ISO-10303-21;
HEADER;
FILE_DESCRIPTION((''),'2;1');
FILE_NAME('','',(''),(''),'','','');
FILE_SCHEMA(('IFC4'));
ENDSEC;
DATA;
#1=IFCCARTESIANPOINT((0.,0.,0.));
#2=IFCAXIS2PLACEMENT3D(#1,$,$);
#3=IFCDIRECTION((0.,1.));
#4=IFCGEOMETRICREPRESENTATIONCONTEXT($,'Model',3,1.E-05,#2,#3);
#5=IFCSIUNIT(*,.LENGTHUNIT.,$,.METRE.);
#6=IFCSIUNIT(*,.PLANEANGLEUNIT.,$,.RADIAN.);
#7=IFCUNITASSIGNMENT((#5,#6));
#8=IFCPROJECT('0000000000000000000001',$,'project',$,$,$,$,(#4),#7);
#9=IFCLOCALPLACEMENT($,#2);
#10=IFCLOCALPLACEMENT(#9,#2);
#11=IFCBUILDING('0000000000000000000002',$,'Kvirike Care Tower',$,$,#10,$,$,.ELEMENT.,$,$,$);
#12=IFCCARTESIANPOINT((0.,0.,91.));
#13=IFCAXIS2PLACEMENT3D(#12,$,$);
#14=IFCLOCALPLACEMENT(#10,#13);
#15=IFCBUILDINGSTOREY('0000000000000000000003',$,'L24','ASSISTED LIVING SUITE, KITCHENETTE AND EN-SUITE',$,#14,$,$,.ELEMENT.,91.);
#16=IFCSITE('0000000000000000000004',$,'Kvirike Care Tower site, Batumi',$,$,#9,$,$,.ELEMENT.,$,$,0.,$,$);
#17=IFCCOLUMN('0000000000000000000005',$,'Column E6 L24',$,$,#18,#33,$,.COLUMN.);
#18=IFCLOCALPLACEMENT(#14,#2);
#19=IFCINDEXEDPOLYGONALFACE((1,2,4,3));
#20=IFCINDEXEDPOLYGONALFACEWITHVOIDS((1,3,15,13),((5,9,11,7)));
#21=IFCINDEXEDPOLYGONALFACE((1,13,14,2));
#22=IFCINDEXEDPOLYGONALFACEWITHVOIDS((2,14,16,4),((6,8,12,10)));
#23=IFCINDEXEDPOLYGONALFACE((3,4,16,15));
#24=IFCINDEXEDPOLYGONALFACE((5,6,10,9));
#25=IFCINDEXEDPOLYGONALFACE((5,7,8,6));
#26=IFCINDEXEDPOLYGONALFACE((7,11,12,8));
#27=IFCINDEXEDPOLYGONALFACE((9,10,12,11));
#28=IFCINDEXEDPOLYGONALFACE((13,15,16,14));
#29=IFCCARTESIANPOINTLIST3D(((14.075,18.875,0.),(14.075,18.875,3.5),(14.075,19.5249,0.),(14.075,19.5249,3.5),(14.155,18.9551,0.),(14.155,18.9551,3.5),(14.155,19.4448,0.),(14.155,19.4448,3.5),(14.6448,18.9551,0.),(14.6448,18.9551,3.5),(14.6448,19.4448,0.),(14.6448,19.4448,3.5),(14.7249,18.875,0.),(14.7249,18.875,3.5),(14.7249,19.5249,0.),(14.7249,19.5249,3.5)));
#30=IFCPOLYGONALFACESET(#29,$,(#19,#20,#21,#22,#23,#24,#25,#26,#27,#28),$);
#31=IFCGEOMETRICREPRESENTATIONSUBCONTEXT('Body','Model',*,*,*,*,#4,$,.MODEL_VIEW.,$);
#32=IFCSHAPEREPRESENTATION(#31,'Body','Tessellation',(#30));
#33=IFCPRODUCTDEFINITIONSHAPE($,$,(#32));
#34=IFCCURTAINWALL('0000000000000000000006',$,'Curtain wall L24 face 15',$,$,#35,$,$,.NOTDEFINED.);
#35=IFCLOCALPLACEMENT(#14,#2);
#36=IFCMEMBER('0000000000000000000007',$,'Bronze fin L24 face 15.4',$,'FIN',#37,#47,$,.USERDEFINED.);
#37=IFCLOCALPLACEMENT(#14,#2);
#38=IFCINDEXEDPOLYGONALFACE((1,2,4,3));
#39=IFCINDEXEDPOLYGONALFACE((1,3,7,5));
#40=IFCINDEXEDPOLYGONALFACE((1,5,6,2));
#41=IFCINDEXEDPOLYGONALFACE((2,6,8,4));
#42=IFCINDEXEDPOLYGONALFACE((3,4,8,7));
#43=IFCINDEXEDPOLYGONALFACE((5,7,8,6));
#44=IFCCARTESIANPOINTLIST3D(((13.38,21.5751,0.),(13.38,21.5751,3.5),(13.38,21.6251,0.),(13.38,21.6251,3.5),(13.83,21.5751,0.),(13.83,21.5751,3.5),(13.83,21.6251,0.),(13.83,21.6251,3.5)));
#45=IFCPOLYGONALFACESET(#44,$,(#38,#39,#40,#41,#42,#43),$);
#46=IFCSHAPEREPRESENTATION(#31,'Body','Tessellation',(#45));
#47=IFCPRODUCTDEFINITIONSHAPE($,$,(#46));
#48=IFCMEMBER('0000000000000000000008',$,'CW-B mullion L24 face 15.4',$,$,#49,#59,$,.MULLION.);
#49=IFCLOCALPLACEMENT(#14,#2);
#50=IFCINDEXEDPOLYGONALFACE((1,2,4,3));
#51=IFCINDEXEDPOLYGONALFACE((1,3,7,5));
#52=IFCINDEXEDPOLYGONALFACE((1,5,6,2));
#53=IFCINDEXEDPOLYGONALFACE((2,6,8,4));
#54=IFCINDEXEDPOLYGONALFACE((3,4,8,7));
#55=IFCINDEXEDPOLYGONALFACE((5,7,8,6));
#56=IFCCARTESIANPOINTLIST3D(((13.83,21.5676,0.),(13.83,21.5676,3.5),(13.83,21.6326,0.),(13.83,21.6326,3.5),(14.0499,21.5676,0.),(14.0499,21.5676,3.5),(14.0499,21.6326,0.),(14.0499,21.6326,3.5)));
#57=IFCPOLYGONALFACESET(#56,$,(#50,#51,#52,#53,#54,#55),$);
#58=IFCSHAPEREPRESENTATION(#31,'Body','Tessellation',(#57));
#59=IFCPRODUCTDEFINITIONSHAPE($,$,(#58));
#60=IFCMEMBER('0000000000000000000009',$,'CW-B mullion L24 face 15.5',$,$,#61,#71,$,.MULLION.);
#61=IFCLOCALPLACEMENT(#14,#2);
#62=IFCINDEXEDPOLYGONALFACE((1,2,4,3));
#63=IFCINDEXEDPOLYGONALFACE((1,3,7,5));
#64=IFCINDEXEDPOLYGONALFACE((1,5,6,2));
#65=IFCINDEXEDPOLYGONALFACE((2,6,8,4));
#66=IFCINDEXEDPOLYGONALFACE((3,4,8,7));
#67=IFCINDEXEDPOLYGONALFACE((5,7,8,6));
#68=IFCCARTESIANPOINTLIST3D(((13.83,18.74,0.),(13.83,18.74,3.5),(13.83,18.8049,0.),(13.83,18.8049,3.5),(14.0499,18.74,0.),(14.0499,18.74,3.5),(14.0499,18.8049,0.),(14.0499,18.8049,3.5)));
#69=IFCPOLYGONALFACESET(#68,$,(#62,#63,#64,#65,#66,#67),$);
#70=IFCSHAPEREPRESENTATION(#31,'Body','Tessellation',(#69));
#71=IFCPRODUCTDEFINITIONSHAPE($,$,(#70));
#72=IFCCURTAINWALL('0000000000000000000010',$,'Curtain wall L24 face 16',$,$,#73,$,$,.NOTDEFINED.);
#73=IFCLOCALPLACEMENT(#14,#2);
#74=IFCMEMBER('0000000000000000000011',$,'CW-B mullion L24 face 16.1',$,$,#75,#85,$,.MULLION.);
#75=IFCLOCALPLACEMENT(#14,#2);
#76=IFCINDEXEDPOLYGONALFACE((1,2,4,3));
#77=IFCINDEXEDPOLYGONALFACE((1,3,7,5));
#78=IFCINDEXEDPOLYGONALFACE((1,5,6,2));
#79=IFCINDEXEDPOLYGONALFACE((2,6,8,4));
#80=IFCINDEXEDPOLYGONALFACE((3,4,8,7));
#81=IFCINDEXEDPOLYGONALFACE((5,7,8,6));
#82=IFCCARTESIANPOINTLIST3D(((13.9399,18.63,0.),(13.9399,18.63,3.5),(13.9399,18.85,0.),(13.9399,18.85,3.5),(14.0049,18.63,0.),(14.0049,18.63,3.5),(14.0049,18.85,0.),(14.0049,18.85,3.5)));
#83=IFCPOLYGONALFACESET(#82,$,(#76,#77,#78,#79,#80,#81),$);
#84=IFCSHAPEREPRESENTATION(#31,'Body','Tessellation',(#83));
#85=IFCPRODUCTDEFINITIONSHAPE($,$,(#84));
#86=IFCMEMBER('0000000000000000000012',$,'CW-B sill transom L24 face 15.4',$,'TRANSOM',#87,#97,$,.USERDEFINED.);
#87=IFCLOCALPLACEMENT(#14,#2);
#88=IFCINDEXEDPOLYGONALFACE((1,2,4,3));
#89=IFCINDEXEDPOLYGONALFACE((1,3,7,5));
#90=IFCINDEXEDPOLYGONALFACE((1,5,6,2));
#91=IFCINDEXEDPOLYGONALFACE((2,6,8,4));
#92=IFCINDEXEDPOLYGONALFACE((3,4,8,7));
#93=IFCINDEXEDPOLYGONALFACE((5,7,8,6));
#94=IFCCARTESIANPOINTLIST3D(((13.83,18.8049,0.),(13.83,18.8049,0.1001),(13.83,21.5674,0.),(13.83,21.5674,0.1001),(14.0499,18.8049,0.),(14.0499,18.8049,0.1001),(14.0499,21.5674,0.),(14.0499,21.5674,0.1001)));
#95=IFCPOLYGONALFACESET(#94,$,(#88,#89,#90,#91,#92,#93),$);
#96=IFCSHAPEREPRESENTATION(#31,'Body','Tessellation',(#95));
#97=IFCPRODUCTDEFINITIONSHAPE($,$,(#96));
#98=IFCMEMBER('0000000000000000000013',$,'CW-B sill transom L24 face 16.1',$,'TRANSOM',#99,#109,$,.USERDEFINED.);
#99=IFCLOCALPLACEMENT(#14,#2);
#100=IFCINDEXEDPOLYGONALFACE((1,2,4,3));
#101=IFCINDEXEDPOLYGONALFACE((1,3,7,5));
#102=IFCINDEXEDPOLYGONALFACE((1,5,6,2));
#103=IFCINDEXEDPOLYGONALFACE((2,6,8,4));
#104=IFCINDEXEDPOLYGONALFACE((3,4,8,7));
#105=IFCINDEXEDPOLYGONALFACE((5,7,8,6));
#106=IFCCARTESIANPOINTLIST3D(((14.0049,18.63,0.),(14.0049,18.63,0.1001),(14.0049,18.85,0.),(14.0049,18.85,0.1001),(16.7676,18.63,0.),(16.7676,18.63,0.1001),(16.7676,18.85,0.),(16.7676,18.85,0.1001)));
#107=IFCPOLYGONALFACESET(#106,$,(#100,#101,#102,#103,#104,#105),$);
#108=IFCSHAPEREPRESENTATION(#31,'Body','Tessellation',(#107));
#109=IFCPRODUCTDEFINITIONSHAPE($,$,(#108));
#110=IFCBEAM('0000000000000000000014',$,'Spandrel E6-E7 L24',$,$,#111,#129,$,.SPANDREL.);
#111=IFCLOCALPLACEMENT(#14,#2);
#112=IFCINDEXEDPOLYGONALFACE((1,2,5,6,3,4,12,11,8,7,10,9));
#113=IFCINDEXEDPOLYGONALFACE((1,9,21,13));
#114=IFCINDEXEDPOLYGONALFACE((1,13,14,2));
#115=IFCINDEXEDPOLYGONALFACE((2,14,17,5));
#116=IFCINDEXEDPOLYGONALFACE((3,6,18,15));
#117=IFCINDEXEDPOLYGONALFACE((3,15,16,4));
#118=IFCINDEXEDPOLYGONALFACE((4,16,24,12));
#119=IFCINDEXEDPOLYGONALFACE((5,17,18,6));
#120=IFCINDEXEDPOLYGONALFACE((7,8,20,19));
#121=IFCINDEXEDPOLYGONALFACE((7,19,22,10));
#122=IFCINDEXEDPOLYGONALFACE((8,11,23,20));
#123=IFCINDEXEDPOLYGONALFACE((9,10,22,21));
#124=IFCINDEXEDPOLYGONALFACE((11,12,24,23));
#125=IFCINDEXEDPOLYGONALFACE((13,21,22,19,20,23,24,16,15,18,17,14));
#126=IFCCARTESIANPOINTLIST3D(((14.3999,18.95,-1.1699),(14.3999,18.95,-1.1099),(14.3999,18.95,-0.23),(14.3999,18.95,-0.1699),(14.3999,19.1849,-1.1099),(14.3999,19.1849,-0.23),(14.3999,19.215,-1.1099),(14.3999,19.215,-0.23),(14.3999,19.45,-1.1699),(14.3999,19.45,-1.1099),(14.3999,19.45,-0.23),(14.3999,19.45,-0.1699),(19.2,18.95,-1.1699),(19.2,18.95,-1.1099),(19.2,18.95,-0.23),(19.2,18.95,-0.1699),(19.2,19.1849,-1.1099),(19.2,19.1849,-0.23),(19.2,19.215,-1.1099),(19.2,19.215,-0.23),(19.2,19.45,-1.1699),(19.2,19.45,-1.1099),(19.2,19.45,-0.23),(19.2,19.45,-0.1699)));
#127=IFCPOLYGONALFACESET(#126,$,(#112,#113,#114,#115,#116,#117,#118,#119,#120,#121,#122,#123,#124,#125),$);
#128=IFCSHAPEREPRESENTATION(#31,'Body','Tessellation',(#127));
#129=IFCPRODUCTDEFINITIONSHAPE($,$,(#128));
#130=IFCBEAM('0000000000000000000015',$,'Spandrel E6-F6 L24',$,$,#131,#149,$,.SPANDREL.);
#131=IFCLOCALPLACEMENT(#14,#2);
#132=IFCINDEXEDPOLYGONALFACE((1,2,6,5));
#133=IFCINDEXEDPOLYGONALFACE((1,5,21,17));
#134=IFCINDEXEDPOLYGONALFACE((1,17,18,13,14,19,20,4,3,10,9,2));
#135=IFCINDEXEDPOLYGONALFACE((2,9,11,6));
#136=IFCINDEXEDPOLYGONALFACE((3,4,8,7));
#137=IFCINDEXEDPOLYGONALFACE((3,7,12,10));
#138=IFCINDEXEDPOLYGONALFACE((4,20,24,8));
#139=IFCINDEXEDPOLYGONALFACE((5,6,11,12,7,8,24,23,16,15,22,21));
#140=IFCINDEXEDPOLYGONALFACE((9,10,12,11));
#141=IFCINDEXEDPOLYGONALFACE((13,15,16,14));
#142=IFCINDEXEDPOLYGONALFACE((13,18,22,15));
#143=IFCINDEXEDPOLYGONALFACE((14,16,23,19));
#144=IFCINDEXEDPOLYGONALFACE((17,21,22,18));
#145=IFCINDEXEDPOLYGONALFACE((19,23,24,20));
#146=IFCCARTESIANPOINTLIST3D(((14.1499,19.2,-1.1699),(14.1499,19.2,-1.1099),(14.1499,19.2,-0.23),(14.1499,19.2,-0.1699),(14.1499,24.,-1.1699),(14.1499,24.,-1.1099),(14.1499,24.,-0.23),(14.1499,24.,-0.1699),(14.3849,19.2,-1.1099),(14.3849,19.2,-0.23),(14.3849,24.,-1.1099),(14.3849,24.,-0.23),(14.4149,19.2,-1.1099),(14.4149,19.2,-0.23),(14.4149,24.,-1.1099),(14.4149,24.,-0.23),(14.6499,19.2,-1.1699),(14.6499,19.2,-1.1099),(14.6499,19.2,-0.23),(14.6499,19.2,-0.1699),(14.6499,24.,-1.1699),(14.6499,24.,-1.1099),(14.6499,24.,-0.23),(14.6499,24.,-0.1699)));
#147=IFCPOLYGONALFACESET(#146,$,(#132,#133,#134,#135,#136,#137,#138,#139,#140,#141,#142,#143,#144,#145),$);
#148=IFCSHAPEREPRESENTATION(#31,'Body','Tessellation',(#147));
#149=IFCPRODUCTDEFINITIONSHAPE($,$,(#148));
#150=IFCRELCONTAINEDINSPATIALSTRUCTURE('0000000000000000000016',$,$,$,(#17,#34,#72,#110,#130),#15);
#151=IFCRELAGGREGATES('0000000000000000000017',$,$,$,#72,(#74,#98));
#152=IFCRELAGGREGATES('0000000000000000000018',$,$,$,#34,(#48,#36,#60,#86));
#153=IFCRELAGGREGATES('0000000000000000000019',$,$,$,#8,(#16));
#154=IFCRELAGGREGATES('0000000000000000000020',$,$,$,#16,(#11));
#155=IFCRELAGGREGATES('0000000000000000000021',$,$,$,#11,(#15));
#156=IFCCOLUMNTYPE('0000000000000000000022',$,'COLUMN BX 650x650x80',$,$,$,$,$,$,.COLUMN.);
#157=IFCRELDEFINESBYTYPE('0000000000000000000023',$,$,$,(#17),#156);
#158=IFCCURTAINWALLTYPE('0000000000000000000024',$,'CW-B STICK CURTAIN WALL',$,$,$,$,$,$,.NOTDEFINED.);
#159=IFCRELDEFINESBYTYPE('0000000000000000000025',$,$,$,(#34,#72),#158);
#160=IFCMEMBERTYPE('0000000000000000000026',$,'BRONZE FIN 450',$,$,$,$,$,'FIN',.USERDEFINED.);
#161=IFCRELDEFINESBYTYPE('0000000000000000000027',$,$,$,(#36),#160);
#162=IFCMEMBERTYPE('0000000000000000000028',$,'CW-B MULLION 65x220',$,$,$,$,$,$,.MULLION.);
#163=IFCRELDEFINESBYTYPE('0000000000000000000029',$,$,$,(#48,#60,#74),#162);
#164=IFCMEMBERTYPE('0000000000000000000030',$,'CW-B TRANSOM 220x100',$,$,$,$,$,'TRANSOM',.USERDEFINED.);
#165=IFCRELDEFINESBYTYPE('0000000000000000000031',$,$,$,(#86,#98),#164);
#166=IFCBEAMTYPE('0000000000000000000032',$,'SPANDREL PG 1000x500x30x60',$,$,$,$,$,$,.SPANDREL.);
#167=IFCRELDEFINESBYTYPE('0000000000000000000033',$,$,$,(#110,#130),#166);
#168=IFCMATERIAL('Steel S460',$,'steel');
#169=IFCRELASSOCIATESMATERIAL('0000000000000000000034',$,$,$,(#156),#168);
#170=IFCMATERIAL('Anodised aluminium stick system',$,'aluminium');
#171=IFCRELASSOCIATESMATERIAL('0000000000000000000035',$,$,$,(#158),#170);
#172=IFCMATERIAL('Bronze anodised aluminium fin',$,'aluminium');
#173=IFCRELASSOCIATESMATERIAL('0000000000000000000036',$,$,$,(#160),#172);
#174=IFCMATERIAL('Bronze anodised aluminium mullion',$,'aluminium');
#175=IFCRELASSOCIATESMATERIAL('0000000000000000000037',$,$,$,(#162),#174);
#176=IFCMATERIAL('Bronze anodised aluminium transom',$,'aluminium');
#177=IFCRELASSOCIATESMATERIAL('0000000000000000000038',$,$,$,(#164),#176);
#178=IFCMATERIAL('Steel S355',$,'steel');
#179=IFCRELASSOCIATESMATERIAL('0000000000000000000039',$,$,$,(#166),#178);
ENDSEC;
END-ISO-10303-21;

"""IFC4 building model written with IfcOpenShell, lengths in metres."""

from ifc_helpers import new_model, si_unit, direction, frame, origin, origin_2d, place, context, subcontext, project, spatial, rectangle, hollow_rectangle, i_section, extrude, material, material_profile, profile_set, type_object, element, aggregate, save


model = new_model("IFC4")

# Units and contexts
model_context = context("Model", 3, precision=1e-05, world=origin(), true_north=direction((0.0, 1.0)))
body_context = subcontext(model_context, "Body", "Model", "MODEL_VIEW")
ifc_project = project(units=[si_unit("LENGTHUNIT", "METRE"), si_unit("PLANEANGLEUNIT", "RADIAN")], contexts=[model_context])

# Site, building, storey
site_placement = place(None, origin())
site = spatial("IfcSite", under=ifc_project, at=site_placement, Name="Kvirike Care Tower site, Batumi", CompositionType="ELEMENT", RefElevation=0.0)
building_placement = place(site_placement, origin())
building = spatial("IfcBuilding", under=site, at=building_placement, Name="Kvirike Care Tower", CompositionType="ELEMENT")
storey_placement = place(building_placement, frame((0.0, 0.0, 91.0)))
storey = spatial("IfcBuildingStorey", under=building, at=storey_placement, Name="L24", Description="ASSISTED LIVING SUITE, KITCHENETTE AND EN-SUITE", CompositionType="ELEMENT", Elevation=91.0)

# Column
ifc_material_1 = material(Name="Steel S460", Category="steel")
ifc_material_profile_1 = material_profile(ifc_material_1, hollow_rectangle(XDim=0.6499, YDim=0.6499, WallThickness=0.0801, at=origin_2d()), Name="BX 650x650x80")
ifc_profile_set_1 = profile_set([ifc_material_profile_1], Name="Steel S460")
column_type = type_object("IfcColumnType", Name="COLUMN BX 650x650x80", PredefinedType="COLUMN", material=ifc_profile_set_1)
column_placement = place(storey_placement, frame((14.3999, 19.2, 0.0), z_axis=(0.0, 0.0, 1.0), x_axis=(0.0, 1.0, 0.0)))
element("IfcColumn", 1, at=column_placement, inside=storey, type_object=column_type, Name="Column E6 L24", PredefinedType="COLUMN", context=body_context, shape_type="SweptSolid", body=[
    extrude(hollow_rectangle(XDim=0.6499, YDim=0.6499, WallThickness=0.0801, at=origin_2d()), origin(), (0.0, 0.0, 1.0), 3.5),
])

# Curtain wall, members
ifc_material_2 = material(Name="Anodised aluminium stick system", Category="aluminium")
curtain_wall_type = type_object("IfcCurtainWallType", Name="CW-B STICK CURTAIN WALL", PredefinedType="NOTDEFINED", material=ifc_material_2)
curtain_wall_1_placement = place(storey_placement, origin())
curtain_wall_1 = element("IfcCurtainWall", 2, at=curtain_wall_1_placement, inside=storey, type_object=curtain_wall_type, Name="Curtain wall L24 face 15", PredefinedType="NOTDEFINED")
ifc_material_3 = material(Name="Bronze anodised aluminium fin", Category="aluminium")
ifc_material_profile_2 = material_profile(ifc_material_3, rectangle(XDim=0.05, YDim=0.45, at=origin_2d()), Name="BRONZE FIN 450")
ifc_profile_set_2 = profile_set([ifc_material_profile_2], Name="Bronze anodised aluminium fin")
member_type_1 = type_object("IfcMemberType", Name="BRONZE FIN 450", ElementType="FIN", PredefinedType="USERDEFINED", material=ifc_profile_set_2)
member_1_placement = place(storey_placement, frame((13.605, 21.6001, 0.0), z_axis=(0.0, 0.0, 1.0), x_axis=(0.0, -1.0, 0.0)))
member_1 = element("IfcMember", 3, at=member_1_placement, type_object=member_type_1, Name="Bronze fin L24 face 15.4", ObjectType="FIN", PredefinedType="USERDEFINED", context=body_context, shape_type="SweptSolid", body=[
    extrude(rectangle(XDim=0.05, YDim=0.45, at=origin_2d()), origin(), (0.0, 0.0, 1.0), 3.5),
])
ifc_material_4 = material(Name="Bronze anodised aluminium mullion", Category="aluminium")
ifc_material_profile_3 = material_profile(ifc_material_4, rectangle(XDim=0.0649, YDim=0.22, at=origin_2d()), Name="CW-B MULLION 65x220")
ifc_profile_set_3 = profile_set([ifc_material_profile_3], Name="Bronze anodised aluminium mullion")
member_type_2 = type_object("IfcMemberType", Name="CW-B MULLION 65x220", PredefinedType="MULLION", material=ifc_profile_set_3)
member_2_placement = place(storey_placement, frame((13.9399, 21.6001, 0.0), z_axis=(0.0, 0.0, 1.0), x_axis=(0.0, -1.0, 0.0)))
member_2 = element("IfcMember", 4, at=member_2_placement, type_object=member_type_2, Name="CW-B mullion L24 face 15.4", PredefinedType="MULLION", context=body_context, shape_type="SweptSolid", body=[
    extrude(rectangle(XDim=0.0649, YDim=0.22, at=origin_2d()), origin(), (0.0, 0.0, 1.0), 3.5),
])
member_3_placement = place(storey_placement, frame((13.9399, 18.7725, 0.0), z_axis=(0.0, 0.0, 1.0), x_axis=(0.0, -1.0, 0.0)))
member_3 = element("IfcMember", 5, at=member_3_placement, type_object=member_type_2, Name="CW-B mullion L24 face 15.5", PredefinedType="MULLION", context=body_context, shape_type="SweptSolid", body=[
    extrude(rectangle(XDim=0.0649, YDim=0.22, at=origin_2d()), origin(), (0.0, 0.0, 1.0), 3.5),
])

# Curtain wall, member
curtain_wall_2_placement = place(storey_placement, origin())
curtain_wall_2 = element("IfcCurtainWall", 6, at=curtain_wall_2_placement, inside=storey, type_object=curtain_wall_type, Name="Curtain wall L24 face 16", PredefinedType="NOTDEFINED")
member_4_placement = place(storey_placement, frame((13.9724, 18.74, 0.0), z_axis=(0.0, 0.0, 1.0), x_axis=(1.0, 0.0, 0.0)))
member_4 = element("IfcMember", 7, at=member_4_placement, type_object=member_type_2, Name="CW-B mullion L24 face 16.1", PredefinedType="MULLION", context=body_context, shape_type="SweptSolid", body=[
    extrude(rectangle(XDim=0.0649, YDim=0.22, at=origin_2d()), origin(), (0.0, 0.0, 1.0), 3.5),
])

# Members
ifc_material_5 = material(Name="Bronze anodised aluminium transom", Category="aluminium")
ifc_material_profile_4 = material_profile(ifc_material_5, rectangle(XDim=0.22, YDim=0.1001, at=origin_2d()), Name="CW-B TRANSOM 220x100")
ifc_profile_set_4 = profile_set([ifc_material_profile_4], Name="Bronze anodised aluminium transom")
member_type_3 = type_object("IfcMemberType", Name="CW-B TRANSOM 220x100", ElementType="TRANSOM", PredefinedType="USERDEFINED", material=ifc_profile_set_4)
member_5_placement = place(storey_placement, frame((13.9399, 21.5674, 0.05), z_axis=(0.0, -1.0, 0.0), x_axis=(1.0, 0.0, 0.0)))
member_5 = element("IfcMember", 8, at=member_5_placement, type_object=member_type_3, Name="CW-B sill transom L24 face 15.4", ObjectType="TRANSOM", PredefinedType="USERDEFINED", context=body_context, shape_type="SweptSolid", body=[
    extrude(rectangle(XDim=0.22, YDim=0.1001, at=origin_2d()), origin(), (0.0, 0.0, 1.0), 2.7625),
])
member_6_placement = place(storey_placement, frame((14.0049, 18.74, 0.05), z_axis=(1.0, 0.0, 0.0), x_axis=(0.0, 1.0, 0.0)))
member_6 = element("IfcMember", 9, at=member_6_placement, type_object=member_type_3, Name="CW-B sill transom L24 face 16.1", ObjectType="TRANSOM", PredefinedType="USERDEFINED", context=body_context, shape_type="SweptSolid", body=[
    extrude(rectangle(XDim=0.22, YDim=0.1001, at=origin_2d()), origin(), (0.0, 0.0, 1.0), 2.7627),
])
aggregate(curtain_wall_2, [member_4, member_6])

# Beams
ifc_material_6 = material(Name="Steel S355", Category="steel")
ifc_material_profile_5 = material_profile(ifc_material_6, i_section(OverallWidth=0.5, OverallDepth=1.0, WebThickness=0.03, FlangeThickness=0.0601, at=origin_2d()), Name="PG 1000x500x30x60")
ifc_profile_set_5 = profile_set([ifc_material_profile_5], Name="Steel S355")
beam_type = type_object("IfcBeamType", Name="SPANDREL PG 1000x500x30x60", PredefinedType="SPANDREL", material=ifc_profile_set_5)
for number, where, z_axis, x_axis, name in (
    (10, (14.3999, 19.2, -0.6699), (1.0, 0.0, 0.0), (0.0, 1.0, 0.0), "Spandrel E6-E7 L24"),
    (11, (14.3999, 19.2, -0.6699), (0.0, 1.0, 0.0), (-1.0, 0.0, 0.0), "Spandrel E6-F6 L24"),
):
    element("IfcBeam", number, at=place(storey_placement, frame(where, z_axis=z_axis, x_axis=x_axis)), inside=storey, type_object=beam_type, Name=name, PredefinedType="SPANDREL", context=body_context, shape_type="SweptSolid", body=[
        extrude(i_section(OverallWidth=0.5, OverallDepth=1.0, WebThickness=0.03, FlangeThickness=0.0601, at=origin_2d()), origin(), (0.0, 0.0, 1.0), 4.8),
    ])

aggregate(curtain_wall_1, [member_2, member_1, member_3, member_5])

save(model, "model.ifc")
